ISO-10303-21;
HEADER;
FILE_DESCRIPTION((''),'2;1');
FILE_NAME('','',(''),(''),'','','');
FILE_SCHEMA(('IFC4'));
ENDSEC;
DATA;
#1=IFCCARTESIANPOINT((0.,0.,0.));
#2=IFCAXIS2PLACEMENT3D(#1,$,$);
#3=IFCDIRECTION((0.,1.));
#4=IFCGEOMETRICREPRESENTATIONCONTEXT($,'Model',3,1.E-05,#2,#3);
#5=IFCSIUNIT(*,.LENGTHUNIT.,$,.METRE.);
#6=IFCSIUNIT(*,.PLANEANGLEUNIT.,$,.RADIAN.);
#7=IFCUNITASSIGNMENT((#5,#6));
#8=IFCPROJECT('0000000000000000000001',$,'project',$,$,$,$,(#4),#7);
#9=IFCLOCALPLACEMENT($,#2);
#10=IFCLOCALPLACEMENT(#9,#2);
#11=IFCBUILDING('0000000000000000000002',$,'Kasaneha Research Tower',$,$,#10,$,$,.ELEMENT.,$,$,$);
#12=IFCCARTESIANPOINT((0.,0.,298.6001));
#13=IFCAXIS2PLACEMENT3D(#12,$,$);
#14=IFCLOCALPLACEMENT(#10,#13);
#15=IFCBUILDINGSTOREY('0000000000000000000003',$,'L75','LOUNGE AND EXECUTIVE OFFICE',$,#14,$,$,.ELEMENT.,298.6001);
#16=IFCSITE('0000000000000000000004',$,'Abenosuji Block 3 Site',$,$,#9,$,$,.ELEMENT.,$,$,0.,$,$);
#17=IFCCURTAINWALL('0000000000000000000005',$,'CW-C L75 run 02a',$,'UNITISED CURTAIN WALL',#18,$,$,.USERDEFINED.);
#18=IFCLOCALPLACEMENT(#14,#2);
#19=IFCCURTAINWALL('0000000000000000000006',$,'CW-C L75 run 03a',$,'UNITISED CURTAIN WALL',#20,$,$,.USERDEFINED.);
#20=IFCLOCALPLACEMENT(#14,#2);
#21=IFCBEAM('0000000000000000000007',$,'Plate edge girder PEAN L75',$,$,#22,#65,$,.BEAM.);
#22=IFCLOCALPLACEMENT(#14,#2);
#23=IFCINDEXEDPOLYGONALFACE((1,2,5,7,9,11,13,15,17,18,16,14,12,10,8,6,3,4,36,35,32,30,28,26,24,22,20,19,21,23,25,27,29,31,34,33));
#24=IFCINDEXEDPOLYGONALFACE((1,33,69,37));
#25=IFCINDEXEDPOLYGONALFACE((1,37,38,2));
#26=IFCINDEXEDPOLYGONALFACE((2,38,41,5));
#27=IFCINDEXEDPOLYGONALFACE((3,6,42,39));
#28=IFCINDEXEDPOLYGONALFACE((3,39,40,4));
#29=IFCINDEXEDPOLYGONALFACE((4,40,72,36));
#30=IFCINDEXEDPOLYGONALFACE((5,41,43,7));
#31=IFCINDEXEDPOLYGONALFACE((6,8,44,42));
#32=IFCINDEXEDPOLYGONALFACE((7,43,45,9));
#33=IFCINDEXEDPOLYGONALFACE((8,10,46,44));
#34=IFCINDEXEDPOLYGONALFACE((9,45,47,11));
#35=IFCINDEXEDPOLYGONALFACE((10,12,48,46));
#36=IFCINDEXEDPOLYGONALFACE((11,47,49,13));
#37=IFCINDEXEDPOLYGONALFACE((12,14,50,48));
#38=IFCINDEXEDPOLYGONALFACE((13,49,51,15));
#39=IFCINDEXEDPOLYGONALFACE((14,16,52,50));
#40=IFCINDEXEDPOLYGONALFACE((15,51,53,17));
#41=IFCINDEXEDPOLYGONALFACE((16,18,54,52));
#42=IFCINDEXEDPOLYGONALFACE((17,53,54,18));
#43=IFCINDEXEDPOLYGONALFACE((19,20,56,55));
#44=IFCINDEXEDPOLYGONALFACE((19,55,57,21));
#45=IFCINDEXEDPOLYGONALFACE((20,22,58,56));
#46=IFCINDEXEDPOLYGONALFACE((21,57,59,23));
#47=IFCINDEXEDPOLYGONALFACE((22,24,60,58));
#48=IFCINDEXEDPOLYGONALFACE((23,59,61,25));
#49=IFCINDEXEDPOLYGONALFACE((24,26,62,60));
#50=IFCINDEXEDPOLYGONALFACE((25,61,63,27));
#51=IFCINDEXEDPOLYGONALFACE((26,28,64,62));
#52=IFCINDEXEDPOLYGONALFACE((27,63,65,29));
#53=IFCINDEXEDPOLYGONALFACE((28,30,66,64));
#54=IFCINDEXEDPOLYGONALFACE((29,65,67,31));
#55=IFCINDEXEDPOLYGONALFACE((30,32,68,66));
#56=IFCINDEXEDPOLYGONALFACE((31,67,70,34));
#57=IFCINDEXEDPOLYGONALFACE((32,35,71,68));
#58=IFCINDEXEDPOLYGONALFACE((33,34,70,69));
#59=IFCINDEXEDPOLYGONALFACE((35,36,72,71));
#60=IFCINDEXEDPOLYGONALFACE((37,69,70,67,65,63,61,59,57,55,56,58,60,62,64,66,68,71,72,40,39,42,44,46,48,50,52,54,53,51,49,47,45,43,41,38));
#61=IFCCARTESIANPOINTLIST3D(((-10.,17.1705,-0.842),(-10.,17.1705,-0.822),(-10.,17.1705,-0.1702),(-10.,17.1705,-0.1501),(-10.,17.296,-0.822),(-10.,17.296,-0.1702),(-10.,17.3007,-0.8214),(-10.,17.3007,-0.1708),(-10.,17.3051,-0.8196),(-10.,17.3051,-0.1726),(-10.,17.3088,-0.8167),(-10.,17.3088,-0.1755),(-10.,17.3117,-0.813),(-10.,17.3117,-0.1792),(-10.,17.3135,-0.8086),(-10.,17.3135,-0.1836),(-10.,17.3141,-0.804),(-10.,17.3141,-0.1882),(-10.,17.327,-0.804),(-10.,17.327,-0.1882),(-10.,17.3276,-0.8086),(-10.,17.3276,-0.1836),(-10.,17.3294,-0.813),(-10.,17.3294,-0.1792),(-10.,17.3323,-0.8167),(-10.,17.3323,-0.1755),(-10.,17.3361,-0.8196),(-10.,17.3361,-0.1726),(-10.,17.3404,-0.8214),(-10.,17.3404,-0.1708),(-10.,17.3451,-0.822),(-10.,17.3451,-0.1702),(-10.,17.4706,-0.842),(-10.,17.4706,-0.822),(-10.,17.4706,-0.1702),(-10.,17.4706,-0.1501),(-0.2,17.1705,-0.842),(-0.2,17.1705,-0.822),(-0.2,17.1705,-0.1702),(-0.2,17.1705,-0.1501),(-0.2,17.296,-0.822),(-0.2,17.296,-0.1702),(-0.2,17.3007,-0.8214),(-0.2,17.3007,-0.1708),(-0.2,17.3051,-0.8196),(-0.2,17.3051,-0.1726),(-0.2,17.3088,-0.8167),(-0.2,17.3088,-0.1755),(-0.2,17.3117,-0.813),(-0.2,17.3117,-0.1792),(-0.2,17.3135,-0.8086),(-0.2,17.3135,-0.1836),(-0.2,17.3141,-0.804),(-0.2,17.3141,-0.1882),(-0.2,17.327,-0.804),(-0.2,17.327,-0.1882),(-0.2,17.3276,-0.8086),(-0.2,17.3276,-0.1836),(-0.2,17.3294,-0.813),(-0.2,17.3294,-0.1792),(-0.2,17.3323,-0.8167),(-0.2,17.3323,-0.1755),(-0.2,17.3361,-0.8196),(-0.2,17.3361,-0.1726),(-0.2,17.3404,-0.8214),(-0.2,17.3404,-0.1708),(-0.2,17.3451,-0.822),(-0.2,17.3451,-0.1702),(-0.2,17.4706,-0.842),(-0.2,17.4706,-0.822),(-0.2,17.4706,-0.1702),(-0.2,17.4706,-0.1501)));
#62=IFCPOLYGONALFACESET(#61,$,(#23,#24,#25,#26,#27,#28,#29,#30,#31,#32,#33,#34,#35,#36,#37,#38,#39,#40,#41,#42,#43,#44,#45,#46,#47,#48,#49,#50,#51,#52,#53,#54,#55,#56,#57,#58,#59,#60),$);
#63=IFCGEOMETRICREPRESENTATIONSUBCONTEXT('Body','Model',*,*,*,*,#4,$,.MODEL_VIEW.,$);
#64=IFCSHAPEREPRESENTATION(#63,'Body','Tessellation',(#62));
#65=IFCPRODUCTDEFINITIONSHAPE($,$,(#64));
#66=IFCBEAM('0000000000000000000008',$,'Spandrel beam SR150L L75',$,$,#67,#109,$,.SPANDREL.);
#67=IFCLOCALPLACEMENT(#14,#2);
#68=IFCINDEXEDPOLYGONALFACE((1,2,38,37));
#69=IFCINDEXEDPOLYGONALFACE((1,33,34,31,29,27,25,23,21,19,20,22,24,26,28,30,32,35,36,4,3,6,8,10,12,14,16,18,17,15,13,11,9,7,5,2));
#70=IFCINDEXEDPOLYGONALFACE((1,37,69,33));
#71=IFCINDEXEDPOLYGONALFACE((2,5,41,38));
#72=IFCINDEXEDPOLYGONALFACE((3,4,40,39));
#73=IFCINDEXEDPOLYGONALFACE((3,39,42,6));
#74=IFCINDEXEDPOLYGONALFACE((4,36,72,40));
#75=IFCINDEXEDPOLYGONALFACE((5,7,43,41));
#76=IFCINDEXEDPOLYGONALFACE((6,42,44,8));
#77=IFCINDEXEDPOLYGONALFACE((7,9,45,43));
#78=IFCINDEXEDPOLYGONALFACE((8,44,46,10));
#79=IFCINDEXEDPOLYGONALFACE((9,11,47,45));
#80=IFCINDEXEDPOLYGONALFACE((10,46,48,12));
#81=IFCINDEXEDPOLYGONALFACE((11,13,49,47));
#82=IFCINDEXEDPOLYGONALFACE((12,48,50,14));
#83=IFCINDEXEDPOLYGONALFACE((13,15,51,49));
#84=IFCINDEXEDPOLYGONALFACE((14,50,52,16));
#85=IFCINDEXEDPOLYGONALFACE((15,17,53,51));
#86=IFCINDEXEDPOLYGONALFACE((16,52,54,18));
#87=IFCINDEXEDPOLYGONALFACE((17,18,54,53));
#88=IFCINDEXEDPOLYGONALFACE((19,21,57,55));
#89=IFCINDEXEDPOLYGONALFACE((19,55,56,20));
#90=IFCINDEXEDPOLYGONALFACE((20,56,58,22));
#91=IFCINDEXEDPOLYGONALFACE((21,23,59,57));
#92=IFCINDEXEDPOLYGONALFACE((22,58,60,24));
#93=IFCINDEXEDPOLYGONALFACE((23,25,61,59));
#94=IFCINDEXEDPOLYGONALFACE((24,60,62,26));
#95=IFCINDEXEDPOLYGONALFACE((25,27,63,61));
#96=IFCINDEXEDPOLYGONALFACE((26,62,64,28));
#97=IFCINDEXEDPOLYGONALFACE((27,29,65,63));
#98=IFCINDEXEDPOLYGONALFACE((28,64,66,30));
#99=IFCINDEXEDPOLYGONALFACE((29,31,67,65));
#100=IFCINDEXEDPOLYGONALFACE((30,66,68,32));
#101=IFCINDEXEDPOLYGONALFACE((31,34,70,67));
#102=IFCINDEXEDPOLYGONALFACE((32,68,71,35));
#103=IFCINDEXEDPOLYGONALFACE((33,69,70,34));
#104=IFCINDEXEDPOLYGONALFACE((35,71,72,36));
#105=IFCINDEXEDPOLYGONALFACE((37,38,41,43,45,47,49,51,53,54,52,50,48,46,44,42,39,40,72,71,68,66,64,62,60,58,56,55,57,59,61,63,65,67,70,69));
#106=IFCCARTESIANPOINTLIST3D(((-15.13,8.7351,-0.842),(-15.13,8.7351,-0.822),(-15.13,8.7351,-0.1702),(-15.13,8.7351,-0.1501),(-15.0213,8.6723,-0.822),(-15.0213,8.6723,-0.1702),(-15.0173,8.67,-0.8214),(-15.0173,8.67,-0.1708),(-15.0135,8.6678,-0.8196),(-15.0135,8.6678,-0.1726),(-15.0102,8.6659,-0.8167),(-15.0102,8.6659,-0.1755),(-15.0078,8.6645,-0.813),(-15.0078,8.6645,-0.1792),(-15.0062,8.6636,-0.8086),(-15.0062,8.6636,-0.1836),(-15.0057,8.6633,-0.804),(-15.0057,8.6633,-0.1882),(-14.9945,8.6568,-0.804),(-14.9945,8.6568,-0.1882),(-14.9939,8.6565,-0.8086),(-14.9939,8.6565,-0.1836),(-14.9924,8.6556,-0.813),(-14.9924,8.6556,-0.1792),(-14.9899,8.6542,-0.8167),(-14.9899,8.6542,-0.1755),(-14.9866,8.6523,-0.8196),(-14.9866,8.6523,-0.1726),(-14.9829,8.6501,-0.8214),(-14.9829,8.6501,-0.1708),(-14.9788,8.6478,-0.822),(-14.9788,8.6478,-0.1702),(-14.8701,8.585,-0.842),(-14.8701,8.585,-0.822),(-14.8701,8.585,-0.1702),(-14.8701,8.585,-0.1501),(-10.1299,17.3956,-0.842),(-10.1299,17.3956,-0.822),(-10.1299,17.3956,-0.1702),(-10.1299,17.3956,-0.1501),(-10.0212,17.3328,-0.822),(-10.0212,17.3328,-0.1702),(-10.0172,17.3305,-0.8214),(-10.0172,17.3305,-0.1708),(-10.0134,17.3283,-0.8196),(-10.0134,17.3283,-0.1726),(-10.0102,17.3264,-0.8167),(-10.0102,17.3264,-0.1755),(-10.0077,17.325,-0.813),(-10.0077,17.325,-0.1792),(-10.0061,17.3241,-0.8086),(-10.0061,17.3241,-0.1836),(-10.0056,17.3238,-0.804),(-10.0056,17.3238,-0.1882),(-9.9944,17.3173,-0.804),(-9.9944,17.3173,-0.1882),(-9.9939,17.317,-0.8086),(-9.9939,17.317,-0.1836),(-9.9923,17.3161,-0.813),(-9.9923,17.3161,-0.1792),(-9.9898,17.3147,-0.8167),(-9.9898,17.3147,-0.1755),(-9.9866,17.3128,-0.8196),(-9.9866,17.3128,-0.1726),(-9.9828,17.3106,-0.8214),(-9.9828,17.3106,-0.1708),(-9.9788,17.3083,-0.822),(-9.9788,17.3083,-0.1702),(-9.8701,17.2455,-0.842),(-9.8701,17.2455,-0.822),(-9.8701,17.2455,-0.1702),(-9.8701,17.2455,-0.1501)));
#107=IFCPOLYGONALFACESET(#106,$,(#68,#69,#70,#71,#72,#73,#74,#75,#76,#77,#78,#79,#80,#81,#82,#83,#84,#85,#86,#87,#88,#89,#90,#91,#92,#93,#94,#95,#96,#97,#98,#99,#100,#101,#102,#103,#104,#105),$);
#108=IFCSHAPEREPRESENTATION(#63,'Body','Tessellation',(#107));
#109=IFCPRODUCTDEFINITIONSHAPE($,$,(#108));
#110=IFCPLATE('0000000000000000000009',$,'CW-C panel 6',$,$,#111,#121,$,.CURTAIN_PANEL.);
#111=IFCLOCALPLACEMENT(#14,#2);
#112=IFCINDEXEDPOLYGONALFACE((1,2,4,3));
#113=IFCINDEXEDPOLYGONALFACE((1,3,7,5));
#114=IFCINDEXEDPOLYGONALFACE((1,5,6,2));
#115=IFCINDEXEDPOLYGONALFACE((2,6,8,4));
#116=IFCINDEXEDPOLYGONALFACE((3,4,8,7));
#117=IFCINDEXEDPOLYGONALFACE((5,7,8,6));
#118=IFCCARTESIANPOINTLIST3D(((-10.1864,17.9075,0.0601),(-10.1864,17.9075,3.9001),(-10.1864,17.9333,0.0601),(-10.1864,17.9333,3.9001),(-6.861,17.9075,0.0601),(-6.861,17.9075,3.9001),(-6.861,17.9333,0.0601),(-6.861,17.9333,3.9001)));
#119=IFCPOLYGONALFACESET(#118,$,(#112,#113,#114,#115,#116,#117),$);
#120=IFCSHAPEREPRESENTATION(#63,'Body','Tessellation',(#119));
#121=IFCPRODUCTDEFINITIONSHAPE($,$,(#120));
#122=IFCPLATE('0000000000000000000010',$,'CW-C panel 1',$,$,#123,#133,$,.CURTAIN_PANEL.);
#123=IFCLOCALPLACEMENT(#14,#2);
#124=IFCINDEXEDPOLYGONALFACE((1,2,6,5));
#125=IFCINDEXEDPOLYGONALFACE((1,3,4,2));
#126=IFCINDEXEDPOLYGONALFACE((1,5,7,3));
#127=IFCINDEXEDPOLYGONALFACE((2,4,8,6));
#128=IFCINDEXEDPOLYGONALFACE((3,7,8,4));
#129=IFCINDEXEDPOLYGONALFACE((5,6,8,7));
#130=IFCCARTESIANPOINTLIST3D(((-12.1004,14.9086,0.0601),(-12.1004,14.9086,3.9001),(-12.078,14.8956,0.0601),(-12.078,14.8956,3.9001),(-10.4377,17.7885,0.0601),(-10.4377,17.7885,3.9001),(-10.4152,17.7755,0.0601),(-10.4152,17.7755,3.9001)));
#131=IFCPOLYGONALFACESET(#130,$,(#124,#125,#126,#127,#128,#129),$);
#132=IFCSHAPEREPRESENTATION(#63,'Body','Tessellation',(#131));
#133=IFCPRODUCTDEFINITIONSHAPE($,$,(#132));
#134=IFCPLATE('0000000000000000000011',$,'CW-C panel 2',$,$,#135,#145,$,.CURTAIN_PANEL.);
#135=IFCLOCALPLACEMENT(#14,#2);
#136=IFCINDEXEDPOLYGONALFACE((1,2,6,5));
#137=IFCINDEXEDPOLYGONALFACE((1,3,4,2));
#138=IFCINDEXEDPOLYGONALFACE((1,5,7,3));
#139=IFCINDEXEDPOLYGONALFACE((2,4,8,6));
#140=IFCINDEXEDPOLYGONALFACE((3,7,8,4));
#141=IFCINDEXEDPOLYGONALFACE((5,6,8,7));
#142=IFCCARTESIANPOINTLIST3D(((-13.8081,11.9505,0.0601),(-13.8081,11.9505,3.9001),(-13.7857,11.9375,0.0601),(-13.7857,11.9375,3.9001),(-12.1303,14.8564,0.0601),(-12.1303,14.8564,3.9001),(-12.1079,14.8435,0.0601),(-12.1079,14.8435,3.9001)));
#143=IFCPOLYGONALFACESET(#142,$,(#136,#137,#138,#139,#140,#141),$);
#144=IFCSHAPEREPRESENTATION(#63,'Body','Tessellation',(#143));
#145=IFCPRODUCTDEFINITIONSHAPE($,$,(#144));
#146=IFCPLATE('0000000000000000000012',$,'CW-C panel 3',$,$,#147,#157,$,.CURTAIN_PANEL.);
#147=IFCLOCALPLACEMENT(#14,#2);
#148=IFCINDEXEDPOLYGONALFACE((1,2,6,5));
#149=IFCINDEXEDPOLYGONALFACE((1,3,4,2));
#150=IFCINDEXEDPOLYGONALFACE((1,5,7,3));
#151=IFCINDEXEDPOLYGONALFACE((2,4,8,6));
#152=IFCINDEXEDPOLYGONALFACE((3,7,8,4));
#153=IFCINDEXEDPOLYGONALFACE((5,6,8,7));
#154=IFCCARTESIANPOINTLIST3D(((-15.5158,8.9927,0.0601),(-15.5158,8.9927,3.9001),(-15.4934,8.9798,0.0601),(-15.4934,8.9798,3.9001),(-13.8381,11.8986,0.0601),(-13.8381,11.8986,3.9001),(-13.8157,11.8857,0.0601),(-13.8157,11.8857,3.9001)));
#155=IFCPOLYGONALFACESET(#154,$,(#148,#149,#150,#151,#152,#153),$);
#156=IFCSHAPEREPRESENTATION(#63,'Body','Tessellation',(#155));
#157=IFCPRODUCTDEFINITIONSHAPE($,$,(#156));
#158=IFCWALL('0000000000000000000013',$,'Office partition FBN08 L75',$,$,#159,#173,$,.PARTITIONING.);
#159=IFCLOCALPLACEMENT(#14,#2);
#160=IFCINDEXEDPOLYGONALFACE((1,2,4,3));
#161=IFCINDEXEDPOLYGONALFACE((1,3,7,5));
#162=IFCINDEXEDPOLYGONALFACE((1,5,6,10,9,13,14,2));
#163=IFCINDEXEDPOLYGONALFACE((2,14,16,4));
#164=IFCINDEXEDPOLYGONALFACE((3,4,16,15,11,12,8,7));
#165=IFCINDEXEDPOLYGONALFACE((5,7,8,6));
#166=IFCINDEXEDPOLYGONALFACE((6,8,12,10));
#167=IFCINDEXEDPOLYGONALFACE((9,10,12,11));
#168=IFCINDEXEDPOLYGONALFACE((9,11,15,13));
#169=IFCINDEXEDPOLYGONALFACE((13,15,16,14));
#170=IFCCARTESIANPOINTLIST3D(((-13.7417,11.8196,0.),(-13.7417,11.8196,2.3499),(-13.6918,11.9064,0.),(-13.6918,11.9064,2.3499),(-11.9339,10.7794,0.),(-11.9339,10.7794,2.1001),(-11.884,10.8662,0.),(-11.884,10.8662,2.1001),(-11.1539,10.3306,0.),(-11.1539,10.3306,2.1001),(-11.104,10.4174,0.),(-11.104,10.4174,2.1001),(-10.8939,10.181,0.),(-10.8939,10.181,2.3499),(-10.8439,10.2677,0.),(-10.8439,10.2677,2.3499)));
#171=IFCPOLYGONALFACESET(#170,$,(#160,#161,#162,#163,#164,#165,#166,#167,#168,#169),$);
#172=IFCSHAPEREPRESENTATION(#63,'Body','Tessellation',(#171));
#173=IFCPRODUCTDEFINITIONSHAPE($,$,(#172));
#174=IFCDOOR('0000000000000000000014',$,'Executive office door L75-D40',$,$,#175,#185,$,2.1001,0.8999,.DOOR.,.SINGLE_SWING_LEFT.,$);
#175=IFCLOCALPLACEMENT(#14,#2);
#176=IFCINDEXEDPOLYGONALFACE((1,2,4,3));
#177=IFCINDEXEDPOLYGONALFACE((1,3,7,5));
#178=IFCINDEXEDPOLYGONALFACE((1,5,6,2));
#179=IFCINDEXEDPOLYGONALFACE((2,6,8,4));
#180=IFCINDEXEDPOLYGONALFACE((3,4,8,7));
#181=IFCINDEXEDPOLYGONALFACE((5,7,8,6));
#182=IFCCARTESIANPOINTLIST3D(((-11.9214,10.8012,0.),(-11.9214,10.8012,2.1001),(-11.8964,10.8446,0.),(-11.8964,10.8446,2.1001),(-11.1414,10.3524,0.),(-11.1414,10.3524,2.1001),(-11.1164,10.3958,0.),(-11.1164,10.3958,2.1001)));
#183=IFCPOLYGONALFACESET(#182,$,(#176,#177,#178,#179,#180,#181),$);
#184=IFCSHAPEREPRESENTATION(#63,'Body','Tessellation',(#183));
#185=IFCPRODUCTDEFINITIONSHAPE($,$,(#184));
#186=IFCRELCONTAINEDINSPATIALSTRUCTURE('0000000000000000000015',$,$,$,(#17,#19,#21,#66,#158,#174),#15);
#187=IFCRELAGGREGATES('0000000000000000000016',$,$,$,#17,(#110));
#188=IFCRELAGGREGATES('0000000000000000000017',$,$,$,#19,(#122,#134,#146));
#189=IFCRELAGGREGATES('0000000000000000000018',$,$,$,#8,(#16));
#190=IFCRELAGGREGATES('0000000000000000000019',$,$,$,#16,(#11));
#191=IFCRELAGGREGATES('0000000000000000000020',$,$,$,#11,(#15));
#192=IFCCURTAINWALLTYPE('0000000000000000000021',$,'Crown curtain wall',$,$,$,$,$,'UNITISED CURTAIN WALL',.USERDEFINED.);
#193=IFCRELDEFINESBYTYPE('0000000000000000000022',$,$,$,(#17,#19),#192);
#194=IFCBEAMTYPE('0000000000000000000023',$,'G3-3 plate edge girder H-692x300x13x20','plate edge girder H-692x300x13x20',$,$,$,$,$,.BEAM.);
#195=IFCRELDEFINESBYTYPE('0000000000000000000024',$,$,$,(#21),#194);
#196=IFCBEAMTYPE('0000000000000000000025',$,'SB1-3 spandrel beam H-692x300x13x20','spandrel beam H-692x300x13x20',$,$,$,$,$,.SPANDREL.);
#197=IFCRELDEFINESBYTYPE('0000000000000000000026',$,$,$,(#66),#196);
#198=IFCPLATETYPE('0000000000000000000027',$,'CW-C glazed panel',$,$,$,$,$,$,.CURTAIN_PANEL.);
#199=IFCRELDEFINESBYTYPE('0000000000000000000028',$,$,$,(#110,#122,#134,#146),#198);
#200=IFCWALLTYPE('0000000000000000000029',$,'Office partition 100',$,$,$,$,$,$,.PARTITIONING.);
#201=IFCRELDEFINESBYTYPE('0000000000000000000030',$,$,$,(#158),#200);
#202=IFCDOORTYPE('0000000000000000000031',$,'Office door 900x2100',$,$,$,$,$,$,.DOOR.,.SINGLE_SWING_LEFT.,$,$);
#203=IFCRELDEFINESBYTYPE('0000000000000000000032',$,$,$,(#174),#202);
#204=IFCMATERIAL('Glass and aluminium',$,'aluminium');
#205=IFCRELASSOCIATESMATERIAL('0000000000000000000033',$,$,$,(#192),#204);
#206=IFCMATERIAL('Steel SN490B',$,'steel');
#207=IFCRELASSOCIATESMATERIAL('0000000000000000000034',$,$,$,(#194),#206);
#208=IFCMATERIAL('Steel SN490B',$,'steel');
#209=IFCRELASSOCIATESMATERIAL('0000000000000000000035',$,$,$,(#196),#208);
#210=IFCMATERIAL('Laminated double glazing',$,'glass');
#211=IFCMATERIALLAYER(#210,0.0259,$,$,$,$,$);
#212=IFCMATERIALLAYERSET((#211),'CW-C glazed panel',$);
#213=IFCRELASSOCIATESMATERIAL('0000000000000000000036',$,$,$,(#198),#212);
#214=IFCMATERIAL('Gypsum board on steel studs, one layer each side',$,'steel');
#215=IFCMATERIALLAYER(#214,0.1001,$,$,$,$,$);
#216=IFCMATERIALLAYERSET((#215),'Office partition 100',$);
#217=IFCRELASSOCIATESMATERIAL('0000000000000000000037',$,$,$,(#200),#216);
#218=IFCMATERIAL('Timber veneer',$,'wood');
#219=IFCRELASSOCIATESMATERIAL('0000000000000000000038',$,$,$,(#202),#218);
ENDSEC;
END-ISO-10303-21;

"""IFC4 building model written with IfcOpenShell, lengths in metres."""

from ifc_helpers import new_model, si_unit, direction, frame, frame_2d, origin, origin_2d, place, context, subcontext, project, spatial, rectangle, i_section, extrude, material, layer, layer_set, material_profile, profile_set, type_object, element, fill, aggregate, save


model = new_model("IFC4")

# Units and contexts
model_context = context("Model", 3, precision=1e-05, world=origin(), true_north=direction((0.0, 1.0)))
body_context = subcontext(model_context, "Body", "Model", "MODEL_VIEW")
ifc_project = project(units=[si_unit("LENGTHUNIT", "METRE"), si_unit("PLANEANGLEUNIT", "RADIAN")], contexts=[model_context])

# Site, building, storey
site_placement = place(None, origin())
site = spatial("IfcSite", under=ifc_project, at=site_placement, Name="Abenosuji Block 3 Site", CompositionType="ELEMENT", RefElevation=0.0)
building_placement = place(site_placement, origin())
building = spatial("IfcBuilding", under=site, at=building_placement, Name="Kasaneha Research Tower", CompositionType="ELEMENT")
storey_placement = place(building_placement, frame((0.0, 0.0, 298.6001)))
storey = spatial("IfcBuildingStorey", under=building, at=storey_placement, Name="L75", Description="LOUNGE AND EXECUTIVE OFFICE", CompositionType="ELEMENT", Elevation=298.6001)

# Curtain wall
ifc_material_1 = material(Name="Glass and aluminium", Category="aluminium")
curtain_wall_type = type_object("IfcCurtainWallType", Name="Crown curtain wall", ElementType="UNITISED CURTAIN WALL", PredefinedType="USERDEFINED", material=ifc_material_1)
curtain_wall_1_placement = place(storey_placement, origin())
curtain_wall_1 = element("IfcCurtainWall", 1, at=curtain_wall_1_placement, inside=storey, type_object=curtain_wall_type, Name="CW-C L75 run 02a", ObjectType="UNITISED CURTAIN WALL", PredefinedType="USERDEFINED")

# Curtain wall
curtain_wall_2_placement = place(storey_placement, origin())
curtain_wall_2 = element("IfcCurtainWall", 2, at=curtain_wall_2_placement, inside=storey, type_object=curtain_wall_type, Name="CW-C L75 run 03a", ObjectType="UNITISED CURTAIN WALL", PredefinedType="USERDEFINED")

# Beams
ifc_material_2 = material(Name="Steel SN490B", Category="steel")
ifc_material_profile_1 = material_profile(ifc_material_2, i_section(OverallWidth=0.3, OverallDepth=0.6919, WebThickness=0.0129, FlangeThickness=0.02, FilletRadius=0.0181, at=origin_2d()), Name="H-692x300x13x20")
ifc_profile_set_1 = profile_set([ifc_material_profile_1], Name="Steel SN490B")
beam_type_1 = type_object("IfcBeamType", Name="G3-3 plate edge girder H-692x300x13x20", Description="plate edge girder H-692x300x13x20", PredefinedType="BEAM", material=ifc_profile_set_1)
beam_1_placement = place(storey_placement, frame((-10.0, 17.3206, -0.4961), z_axis=(1.0, 0.0, 0.0), x_axis=(0.0, 1.0, 0.0)))
element("IfcBeam", 3, at=beam_1_placement, inside=storey, type_object=beam_type_1, Name="Plate edge girder PEAN L75", PredefinedType="BEAM", context=body_context, shape_type="SweptSolid", body=[
    extrude(i_section(OverallWidth=0.3, OverallDepth=0.6919, WebThickness=0.0129, FlangeThickness=0.02, FilletRadius=0.0181, at=origin_2d()), origin(), (0.0, 0.0, 1.0), 9.8),
])
ifc_material_3 = material(Name="Steel SN490B", Category="steel")
ifc_material_profile_2 = material_profile(ifc_material_3, i_section(OverallWidth=0.3, OverallDepth=0.6919, WebThickness=0.0129, FlangeThickness=0.02, FilletRadius=0.0181, at=origin_2d()), Name="H-692x300x13x20")
ifc_profile_set_2 = profile_set([ifc_material_profile_2], Name="Steel SN490B")
beam_type_2 = type_object("IfcBeamType", Name="SB1-3 spandrel beam H-692x300x13x20", Description="spandrel beam H-692x300x13x20", PredefinedType="SPANDREL", material=ifc_profile_set_2)
beam_2_placement = place(storey_placement, frame((-10.0, 17.3206, -0.4961), z_axis=(-0.499994, -0.866029, 0.0), x_axis=(0.866029, -0.499994, 0.0)))
element("IfcBeam", 4, at=beam_2_placement, inside=storey, type_object=beam_type_2, Name="Spandrel beam SR150L L75", PredefinedType="SPANDREL", context=body_context, shape_type="SweptSolid", body=[
    extrude(i_section(OverallWidth=0.3, OverallDepth=0.6919, WebThickness=0.0129, FlangeThickness=0.02, FilletRadius=0.0181, at=origin_2d()), origin(), (0.0, 0.0, 1.0), 10.0002),
])

# Plates
ifc_material_4 = material(Name="Laminated double glazing", Category="glass")
ifc_layer_1 = layer(ifc_material_4, 0.0259)
ifc_layer_set_1 = layer_set([ifc_layer_1], Name="CW-C glazed panel")
plate_type = type_object("IfcPlateType", Name="CW-C glazed panel", PredefinedType="CURTAIN_PANEL", material=ifc_layer_set_1)
plate_1_placement = place(storey_placement, frame((-8.5237, 17.9204, 0.0601), z_axis=(0.0, 0.0, 1.0), x_axis=(-1.0, 0.0, 0.0)))
plate_1 = element("IfcPlate", 5, at=plate_1_placement, type_object=plate_type, Name="CW-C panel 6", PredefinedType="CURTAIN_PANEL", context=body_context, shape_type="SweptSolid", body=[
    extrude(rectangle(XDim=3.3254, YDim=0.0259, at=origin_2d()), origin(), (0.0, 0.0, 1.0), 3.8401),
])
aggregate(curtain_wall_1, [plate_1])
plate_2_placement = place(storey_placement, frame((-11.2578, 16.342, 0.0601), z_axis=(0.0, 0.0, 1.0), x_axis=(-0.5, -0.866025, 0.0)))
plate_2 = element("IfcPlate", 6, at=plate_2_placement, type_object=plate_type, Name="CW-C panel 1", PredefinedType="CURTAIN_PANEL", context=body_context, shape_type="SweptSolid", body=[
    extrude(rectangle(XDim=3.3254, YDim=0.0259, at=origin_2d()), origin(), (0.0, 0.0, 1.0), 3.8401),
])
plate_3_placement = place(storey_placement, frame((-12.958, 13.397, 0.0601), z_axis=(0.0, 0.0, 1.0), x_axis=(-0.5, -0.866025, 0.0)))
plate_3 = element("IfcPlate", 7, at=plate_3_placement, type_object=plate_type, Name="CW-C panel 2", PredefinedType="CURTAIN_PANEL", context=body_context, shape_type="SweptSolid", body=[
    extrude(rectangle(XDim=3.3555, YDim=0.0259, at=origin_2d()), origin(), (0.0, 0.0, 1.0), 3.8401),
])
plate_4_placement = place(storey_placement, frame((-14.6658, 10.4392, 0.0601), z_axis=(0.0, 0.0, 1.0), x_axis=(-0.5, -0.866025, 0.0)))
plate_4 = element("IfcPlate", 8, at=plate_4_placement, type_object=plate_type, Name="CW-C panel 3", PredefinedType="CURTAIN_PANEL", context=body_context, shape_type="SweptSolid", body=[
    extrude(rectangle(XDim=3.3555, YDim=0.0259, at=origin_2d()), origin(), (0.0, 0.0, 1.0), 3.8401),
])
aggregate(curtain_wall_2, [plate_2, plate_3, plate_4])

# Wall, opening, door
ifc_material_5 = material(Name="Gypsum board on steel studs, one layer each side", Category="steel")
ifc_layer_2 = layer(ifc_material_5, 0.1001)
ifc_layer_set_2 = layer_set([ifc_layer_2], Name="Office partition 100")
wall_type_1 = type_object("IfcWallType", Name="Office partition 100", PredefinedType="PARTITIONING", material=ifc_layer_set_2)
wall_1_placement = place(storey_placement, frame((-10.8689, 10.2244, 0.0), z_axis=(0.0, 0.0, 1.0), x_axis=(-0.866758, 0.498729, 0.0)))
wall_1 = element("IfcWall", 9, at=wall_1_placement, inside=storey, type_object=wall_type_1, Name="Office partition FBN08 L75", PredefinedType="PARTITIONING", context=body_context, shape_type="SweptSolid", body=[
    extrude(rectangle(XDim=3.2856, YDim=0.1001, at=frame_2d((1.6428, 0.0))), origin(), (0.0, 0.0, 1.0), 2.3499),
])
opening_1_placement = place(wall_1_placement, frame((0.3, 0.0, 0.0)))
opening_1 = element("IfcOpeningElement", 10, at=opening_1_placement, cuts=wall_1, PredefinedType="OPENING", context=body_context, shape_type="SweptSolid", body=[
    extrude(rectangle(XDim=0.8999, YDim=2.1001, at=frame_2d((0.45, 1.05))), frame((0.0, 0.0601, 0.0), z_axis=(0.0, -1.0, 0.0), x_axis=(1.0, 0.0, 0.0)), (0.0, 0.0, 1.0), 0.1201),
])
ifc_material_6 = material(Name="Timber veneer", Category="wood")
door_type_1 = type_object("IfcDoorType", Name="Office door 900x2100", OperationType="SINGLE_SWING_LEFT", PredefinedType="DOOR", material=ifc_material_6)
door_1_placement = place(opening_1_placement, origin())
door_1 = element("IfcDoor", 11, at=door_1_placement, inside=storey, type_object=door_type_1, Name="Executive office door L75-D40", OperationType="SINGLE_SWING_LEFT", OverallHeight=2.1001, OverallWidth=0.8999, PredefinedType="DOOR", context=body_context, shape_type="SweptSolid", body=[
    extrude(rectangle(XDim=0.8999, YDim=2.1001, at=frame_2d((0.45, 1.05))), frame((0.0, 0.0249, 0.0), z_axis=(0.0, -1.0, 0.0), x_axis=(1.0, 0.0, 0.0)), (0.0, 0.0, 1.0), 0.05),
])
fill(opening_1, door_1)

save(model, "model.ifc")
